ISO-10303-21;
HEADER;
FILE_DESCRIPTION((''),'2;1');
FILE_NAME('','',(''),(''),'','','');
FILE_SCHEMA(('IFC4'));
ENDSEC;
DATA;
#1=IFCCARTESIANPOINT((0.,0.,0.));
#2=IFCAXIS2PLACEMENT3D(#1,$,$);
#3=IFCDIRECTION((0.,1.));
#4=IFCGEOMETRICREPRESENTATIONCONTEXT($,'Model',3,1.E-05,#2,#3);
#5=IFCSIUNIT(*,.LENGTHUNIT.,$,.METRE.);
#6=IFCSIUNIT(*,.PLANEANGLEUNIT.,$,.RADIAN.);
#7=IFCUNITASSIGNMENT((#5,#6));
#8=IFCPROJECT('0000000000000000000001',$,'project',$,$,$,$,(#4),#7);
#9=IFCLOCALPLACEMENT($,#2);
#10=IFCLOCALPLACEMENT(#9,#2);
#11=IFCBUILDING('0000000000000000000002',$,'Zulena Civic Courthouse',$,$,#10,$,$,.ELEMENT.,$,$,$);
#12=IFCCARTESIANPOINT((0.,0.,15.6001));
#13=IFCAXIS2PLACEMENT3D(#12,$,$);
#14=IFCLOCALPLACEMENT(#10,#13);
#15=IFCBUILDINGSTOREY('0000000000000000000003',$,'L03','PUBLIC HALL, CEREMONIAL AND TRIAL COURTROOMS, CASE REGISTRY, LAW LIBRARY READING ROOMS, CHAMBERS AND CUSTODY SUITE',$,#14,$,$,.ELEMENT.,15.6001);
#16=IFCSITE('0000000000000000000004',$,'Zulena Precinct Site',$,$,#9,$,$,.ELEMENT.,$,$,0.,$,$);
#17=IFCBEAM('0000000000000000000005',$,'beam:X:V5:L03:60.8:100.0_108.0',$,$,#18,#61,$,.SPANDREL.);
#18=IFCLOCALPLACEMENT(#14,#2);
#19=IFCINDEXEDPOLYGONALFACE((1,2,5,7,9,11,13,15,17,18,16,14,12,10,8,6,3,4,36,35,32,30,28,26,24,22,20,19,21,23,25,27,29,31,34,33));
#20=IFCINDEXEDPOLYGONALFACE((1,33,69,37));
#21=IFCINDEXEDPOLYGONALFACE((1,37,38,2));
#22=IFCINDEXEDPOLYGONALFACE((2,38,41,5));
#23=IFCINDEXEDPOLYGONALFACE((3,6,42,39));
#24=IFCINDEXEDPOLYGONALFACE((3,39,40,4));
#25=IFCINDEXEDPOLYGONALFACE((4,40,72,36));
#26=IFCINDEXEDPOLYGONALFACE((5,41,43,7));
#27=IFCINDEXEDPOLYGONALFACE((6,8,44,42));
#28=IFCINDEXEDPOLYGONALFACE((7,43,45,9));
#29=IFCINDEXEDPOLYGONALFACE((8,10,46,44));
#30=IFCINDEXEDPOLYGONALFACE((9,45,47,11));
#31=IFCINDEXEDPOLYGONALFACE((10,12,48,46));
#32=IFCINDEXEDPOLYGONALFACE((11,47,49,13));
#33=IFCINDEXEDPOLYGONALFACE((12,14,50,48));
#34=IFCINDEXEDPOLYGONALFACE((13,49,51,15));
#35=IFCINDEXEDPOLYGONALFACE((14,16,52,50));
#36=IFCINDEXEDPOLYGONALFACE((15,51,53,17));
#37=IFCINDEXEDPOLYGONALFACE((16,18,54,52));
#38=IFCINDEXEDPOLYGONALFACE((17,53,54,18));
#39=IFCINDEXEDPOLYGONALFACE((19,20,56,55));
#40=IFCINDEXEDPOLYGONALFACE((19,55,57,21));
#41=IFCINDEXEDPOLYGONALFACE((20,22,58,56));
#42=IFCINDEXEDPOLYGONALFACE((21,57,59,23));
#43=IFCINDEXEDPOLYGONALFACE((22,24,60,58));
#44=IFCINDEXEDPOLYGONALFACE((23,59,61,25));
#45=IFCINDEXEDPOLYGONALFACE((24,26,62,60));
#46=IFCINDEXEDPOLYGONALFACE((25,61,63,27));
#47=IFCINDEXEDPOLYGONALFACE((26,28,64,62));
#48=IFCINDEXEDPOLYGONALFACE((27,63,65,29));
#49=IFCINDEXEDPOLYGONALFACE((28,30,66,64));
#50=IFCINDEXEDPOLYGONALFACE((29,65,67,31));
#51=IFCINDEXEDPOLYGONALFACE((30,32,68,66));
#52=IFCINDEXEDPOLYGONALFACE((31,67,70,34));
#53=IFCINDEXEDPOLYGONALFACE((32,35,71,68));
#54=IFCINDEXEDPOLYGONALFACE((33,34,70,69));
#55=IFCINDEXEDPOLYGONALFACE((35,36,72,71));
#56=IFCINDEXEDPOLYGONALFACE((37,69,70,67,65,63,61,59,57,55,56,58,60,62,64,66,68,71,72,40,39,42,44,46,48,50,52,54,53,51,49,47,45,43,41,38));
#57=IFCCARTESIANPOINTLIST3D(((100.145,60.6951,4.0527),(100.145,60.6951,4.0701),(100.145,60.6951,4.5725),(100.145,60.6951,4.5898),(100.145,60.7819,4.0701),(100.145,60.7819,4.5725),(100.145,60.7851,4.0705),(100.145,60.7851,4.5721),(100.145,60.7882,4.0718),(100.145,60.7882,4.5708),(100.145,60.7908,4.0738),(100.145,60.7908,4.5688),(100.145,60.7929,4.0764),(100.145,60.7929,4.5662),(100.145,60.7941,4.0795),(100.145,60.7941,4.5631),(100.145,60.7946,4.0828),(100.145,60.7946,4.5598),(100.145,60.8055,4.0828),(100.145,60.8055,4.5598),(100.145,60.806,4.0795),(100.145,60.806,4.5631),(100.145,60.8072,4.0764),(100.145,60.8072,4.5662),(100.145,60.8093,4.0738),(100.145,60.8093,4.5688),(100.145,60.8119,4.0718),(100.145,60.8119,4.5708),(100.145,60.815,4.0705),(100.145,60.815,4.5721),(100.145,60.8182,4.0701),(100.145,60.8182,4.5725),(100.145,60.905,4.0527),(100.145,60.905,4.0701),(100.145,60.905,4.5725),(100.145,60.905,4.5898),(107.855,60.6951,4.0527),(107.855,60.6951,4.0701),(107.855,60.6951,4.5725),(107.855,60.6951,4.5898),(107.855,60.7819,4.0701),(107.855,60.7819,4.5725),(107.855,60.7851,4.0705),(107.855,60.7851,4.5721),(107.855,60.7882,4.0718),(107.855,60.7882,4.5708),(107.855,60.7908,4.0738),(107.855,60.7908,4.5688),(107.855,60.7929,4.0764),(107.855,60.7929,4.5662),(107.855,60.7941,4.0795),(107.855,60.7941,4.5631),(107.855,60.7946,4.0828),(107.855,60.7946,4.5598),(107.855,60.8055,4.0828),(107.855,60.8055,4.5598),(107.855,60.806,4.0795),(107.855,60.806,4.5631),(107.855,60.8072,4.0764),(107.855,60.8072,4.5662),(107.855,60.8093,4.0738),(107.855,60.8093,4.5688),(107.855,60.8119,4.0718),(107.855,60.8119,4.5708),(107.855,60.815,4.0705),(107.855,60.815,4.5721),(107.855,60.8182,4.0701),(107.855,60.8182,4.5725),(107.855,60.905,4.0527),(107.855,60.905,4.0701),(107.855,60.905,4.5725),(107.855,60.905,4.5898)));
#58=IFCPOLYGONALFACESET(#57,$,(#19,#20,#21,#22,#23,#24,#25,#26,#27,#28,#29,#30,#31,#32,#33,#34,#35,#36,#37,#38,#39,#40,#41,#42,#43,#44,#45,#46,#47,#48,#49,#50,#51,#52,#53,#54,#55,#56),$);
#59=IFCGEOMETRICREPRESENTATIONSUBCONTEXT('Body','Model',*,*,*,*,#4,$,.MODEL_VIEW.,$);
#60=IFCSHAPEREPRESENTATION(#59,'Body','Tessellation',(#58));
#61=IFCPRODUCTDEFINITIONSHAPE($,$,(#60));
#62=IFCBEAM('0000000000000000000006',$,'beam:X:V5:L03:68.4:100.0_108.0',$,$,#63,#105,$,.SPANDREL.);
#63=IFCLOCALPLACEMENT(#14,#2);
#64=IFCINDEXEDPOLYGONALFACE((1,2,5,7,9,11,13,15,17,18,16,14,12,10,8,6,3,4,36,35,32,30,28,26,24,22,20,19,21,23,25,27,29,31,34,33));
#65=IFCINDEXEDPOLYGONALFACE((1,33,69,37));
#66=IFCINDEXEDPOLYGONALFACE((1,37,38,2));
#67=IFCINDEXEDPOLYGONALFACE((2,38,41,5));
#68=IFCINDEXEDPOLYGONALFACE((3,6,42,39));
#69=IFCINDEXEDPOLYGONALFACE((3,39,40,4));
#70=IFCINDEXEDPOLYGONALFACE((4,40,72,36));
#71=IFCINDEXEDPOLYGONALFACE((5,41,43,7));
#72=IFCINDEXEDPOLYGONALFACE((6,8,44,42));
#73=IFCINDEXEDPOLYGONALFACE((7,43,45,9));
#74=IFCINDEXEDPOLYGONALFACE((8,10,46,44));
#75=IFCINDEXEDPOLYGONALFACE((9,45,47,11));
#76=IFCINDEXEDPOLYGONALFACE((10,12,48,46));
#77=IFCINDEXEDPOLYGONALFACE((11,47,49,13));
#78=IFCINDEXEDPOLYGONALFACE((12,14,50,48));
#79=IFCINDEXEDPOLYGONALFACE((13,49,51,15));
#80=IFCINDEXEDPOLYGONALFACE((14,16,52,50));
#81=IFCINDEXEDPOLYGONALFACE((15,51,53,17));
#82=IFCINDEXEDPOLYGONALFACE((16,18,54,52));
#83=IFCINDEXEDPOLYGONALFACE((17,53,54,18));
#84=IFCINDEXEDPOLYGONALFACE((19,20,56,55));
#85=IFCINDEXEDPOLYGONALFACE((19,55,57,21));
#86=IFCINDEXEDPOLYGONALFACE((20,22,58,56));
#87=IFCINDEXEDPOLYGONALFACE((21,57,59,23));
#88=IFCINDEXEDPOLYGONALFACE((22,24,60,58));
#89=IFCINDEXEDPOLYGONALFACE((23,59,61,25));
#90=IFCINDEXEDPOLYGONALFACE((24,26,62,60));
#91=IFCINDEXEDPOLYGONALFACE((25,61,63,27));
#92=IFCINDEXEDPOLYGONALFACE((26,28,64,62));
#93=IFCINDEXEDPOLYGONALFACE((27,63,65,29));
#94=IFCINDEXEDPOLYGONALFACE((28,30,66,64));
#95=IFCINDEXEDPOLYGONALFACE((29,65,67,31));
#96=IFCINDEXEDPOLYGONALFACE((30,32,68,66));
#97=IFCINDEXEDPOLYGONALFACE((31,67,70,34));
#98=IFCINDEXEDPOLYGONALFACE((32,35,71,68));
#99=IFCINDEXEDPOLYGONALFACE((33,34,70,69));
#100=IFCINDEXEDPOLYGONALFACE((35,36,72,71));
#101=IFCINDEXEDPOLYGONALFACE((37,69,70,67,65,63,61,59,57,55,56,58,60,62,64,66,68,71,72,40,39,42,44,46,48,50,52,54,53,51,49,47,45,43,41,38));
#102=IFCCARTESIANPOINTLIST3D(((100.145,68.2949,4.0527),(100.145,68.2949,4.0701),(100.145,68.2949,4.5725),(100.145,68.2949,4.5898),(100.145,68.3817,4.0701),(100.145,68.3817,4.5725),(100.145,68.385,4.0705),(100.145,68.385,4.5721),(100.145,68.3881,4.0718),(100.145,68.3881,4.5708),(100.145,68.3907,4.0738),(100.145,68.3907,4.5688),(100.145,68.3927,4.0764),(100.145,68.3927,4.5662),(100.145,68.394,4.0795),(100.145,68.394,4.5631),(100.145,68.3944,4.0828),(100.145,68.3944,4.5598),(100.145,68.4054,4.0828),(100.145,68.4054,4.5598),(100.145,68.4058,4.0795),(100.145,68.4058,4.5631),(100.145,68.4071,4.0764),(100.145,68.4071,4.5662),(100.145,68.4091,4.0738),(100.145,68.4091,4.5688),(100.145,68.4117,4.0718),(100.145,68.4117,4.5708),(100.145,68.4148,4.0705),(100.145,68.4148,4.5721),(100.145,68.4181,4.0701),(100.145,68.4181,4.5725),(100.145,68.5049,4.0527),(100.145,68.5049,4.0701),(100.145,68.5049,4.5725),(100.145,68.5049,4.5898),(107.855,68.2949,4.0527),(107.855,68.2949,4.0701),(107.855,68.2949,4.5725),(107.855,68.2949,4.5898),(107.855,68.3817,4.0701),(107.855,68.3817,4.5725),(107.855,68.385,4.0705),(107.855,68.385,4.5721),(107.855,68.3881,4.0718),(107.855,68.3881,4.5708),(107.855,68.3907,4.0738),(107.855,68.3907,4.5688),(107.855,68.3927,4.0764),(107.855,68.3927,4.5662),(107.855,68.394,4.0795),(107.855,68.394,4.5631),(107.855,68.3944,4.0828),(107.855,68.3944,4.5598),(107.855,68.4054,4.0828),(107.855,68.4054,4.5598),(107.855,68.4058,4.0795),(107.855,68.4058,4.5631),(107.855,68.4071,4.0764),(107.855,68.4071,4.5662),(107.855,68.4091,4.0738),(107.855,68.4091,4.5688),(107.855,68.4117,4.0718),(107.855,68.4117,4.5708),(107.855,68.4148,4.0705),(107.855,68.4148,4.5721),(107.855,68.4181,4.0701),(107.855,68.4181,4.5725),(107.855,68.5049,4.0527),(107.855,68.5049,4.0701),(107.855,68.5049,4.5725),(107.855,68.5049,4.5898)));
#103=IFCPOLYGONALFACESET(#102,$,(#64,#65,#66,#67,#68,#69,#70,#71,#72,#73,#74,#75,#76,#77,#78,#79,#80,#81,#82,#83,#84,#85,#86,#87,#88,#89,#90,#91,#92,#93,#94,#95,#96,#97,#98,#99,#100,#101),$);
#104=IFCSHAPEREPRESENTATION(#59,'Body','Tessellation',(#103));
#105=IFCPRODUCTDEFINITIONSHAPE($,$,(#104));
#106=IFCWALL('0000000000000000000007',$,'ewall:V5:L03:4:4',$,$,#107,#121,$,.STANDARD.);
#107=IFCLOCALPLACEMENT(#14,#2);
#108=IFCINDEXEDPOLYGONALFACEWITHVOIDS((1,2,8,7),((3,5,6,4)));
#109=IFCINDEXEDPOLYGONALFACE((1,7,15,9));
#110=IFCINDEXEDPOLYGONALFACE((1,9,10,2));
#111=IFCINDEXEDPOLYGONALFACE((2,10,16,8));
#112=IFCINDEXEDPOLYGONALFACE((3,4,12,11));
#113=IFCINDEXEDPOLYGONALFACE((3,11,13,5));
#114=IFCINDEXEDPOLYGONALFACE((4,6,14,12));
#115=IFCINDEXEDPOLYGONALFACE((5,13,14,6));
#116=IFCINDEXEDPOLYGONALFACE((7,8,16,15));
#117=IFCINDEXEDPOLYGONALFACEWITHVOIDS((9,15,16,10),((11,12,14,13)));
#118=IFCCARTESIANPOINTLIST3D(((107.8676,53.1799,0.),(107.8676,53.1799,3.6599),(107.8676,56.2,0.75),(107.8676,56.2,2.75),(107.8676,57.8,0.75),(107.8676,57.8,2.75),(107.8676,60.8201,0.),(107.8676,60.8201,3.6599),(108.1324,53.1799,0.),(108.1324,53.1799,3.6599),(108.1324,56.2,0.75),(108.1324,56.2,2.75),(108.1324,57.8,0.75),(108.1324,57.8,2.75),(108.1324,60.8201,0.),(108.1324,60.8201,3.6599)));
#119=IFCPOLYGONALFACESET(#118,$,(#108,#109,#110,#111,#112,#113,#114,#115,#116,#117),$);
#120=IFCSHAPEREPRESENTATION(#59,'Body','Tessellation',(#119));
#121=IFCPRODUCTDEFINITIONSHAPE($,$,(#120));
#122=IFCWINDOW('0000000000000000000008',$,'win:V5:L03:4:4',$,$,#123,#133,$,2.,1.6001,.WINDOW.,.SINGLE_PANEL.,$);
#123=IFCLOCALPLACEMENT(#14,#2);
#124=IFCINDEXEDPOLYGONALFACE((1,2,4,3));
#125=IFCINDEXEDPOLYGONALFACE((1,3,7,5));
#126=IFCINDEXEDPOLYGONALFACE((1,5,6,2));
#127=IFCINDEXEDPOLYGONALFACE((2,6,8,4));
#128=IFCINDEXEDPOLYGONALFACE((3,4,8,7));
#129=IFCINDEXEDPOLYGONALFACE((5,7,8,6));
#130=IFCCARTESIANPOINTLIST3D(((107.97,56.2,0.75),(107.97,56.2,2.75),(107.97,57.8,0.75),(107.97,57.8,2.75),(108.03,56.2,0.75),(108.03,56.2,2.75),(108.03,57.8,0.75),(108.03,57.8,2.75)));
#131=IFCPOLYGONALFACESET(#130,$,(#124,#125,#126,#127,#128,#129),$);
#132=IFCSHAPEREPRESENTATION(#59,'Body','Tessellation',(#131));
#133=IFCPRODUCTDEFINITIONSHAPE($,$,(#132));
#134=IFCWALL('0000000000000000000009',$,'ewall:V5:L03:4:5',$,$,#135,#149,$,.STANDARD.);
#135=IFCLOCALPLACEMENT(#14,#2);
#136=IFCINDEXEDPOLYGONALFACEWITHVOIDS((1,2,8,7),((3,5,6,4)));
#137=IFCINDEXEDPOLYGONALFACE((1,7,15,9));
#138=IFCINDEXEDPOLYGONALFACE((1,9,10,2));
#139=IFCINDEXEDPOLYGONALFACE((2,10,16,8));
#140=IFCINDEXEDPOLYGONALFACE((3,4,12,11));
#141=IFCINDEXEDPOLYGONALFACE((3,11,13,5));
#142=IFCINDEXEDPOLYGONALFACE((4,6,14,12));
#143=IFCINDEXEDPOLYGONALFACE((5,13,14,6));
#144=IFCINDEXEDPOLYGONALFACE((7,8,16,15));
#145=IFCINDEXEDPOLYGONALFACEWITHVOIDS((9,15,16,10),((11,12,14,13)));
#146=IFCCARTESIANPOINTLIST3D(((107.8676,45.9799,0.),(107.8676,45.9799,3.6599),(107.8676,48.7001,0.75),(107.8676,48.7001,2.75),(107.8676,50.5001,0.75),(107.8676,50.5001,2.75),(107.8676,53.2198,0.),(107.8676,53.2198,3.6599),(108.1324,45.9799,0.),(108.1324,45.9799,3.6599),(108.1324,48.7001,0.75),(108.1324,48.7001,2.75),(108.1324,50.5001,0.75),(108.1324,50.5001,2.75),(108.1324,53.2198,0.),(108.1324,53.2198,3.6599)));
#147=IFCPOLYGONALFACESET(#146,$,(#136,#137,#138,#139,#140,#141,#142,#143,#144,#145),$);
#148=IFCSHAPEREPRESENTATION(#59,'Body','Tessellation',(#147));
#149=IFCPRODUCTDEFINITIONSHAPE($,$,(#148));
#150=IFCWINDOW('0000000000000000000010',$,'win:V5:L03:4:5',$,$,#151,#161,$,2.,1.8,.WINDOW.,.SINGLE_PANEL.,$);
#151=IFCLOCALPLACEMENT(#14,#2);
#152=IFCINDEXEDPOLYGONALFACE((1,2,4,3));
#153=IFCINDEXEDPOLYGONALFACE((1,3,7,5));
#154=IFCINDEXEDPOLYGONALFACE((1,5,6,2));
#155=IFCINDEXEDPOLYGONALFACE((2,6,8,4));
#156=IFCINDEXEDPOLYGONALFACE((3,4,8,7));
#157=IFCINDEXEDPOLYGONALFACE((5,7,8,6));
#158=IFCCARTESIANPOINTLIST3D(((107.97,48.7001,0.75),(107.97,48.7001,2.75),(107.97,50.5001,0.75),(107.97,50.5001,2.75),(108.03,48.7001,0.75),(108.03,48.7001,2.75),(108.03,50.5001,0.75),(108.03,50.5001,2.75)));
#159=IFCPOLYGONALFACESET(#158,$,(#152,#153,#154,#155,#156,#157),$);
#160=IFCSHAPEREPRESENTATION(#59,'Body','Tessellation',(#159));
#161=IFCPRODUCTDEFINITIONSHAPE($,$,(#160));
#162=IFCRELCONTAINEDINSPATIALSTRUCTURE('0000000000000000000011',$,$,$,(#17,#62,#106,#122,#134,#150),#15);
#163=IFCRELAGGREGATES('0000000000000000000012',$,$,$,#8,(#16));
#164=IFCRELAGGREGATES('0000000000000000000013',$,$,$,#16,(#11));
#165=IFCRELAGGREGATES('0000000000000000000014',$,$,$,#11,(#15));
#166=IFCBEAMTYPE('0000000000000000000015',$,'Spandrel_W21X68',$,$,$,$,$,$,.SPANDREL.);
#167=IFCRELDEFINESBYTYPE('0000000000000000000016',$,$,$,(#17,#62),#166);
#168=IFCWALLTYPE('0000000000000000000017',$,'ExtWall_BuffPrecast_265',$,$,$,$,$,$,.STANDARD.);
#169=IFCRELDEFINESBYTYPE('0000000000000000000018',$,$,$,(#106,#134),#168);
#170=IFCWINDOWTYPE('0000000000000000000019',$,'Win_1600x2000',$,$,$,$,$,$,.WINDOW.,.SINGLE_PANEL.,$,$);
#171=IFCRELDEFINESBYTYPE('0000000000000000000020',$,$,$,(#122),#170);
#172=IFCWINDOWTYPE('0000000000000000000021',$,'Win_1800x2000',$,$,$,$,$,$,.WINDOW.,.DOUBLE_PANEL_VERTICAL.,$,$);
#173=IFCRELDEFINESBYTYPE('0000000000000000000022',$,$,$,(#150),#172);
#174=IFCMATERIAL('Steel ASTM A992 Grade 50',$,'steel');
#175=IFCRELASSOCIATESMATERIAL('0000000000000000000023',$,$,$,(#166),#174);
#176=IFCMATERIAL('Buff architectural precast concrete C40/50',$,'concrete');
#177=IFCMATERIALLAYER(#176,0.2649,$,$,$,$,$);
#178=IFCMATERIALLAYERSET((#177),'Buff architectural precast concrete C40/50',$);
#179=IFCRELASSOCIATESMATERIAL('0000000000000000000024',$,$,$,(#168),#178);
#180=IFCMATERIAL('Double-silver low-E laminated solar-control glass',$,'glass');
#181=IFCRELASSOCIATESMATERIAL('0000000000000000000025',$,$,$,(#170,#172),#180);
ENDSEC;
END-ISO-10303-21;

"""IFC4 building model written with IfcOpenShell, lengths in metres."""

from ifc_helpers import new_model, si_unit, direction, frame, frame_2d, origin, origin_2d, place, context, subcontext, project, spatial, rectangle, i_section, extrude, material, layer, layer_set, material_profile, profile_set, type_object, element, fill, save


model = new_model("IFC4")

# Units and contexts
model_context = context("Model", 3, precision=1e-05, world=origin(), true_north=direction((0.0, 1.0)))
body_context = subcontext(model_context, "Body", "Model", "MODEL_VIEW")
ifc_project = project(units=[si_unit("LENGTHUNIT", "METRE"), si_unit("PLANEANGLEUNIT", "RADIAN")], contexts=[model_context])

# Site, building, storey
site_placement = place(None, origin())
site = spatial("IfcSite", under=ifc_project, at=site_placement, Name="Zulena Precinct Site", CompositionType="ELEMENT", RefElevation=0.0)
building_placement = place(site_placement, origin())
building = spatial("IfcBuilding", under=site, at=building_placement, Name="Zulena Civic Courthouse", CompositionType="ELEMENT")
storey_placement = place(building_placement, frame((0.0, 0.0, 15.6001)))
storey = spatial("IfcBuildingStorey", under=building, at=storey_placement, Name="L03", Description="PUBLIC HALL, CEREMONIAL AND TRIAL COURTROOMS, CASE REGISTRY, LAW LIBRARY READING ROOMS, CHAMBERS AND CUSTODY SUITE", CompositionType="ELEMENT", Elevation=15.6001)

# Shared definitions
ifc_material_1 = material(Name="Steel ASTM A992 Grade 50", Category="steel")

# Beams
ifc_material_profile_1 = material_profile(ifc_material_1, i_section(OverallWidth=0.21, OverallDepth=0.5371, WebThickness=0.011, FlangeThickness=0.0173, FilletRadius=0.0127, at=origin_2d()), Name="W21X68")
ifc_profile_set_1 = profile_set([ifc_material_profile_1], Name="Steel ASTM A992 Grade 50")
beam_type_1 = type_object("IfcBeamType", Name="Spandrel_W21X68", PredefinedType="SPANDREL", material=ifc_profile_set_1)
for number, where, z_axis, x_axis, name in (
    (1, (100.145, 60.8, 4.3213), (1.0, 0.0, 0.0), (0.0, 1.0, 0.0), "beam:X:V5:L03:60.8:100.0_108.0"),
    (2, (100.145, 68.3999, 4.3213), (1.0, 0.0, 0.0), (0.0, 1.0, 0.0), "beam:X:V5:L03:68.4:100.0_108.0"),
):
    element("IfcBeam", number, at=place(storey_placement, frame(where, z_axis=z_axis, x_axis=x_axis)), inside=storey, type_object=beam_type_1, Name=name, PredefinedType="SPANDREL", context=body_context, shape_type="SweptSolid", body=[
        extrude(i_section(OverallWidth=0.21, OverallDepth=0.5371, WebThickness=0.011, FlangeThickness=0.0173, FilletRadius=0.0127, at=origin_2d()), origin(), (0.0, 0.0, 1.0), 7.71),
    ])

# Walls, openings, windows
ifc_material_2 = material(Name="Buff architectural precast concrete C40/50", Category="concrete")
ifc_layer_1 = layer(ifc_material_2, 0.2649)
ifc_layer_set_1 = layer_set([ifc_layer_1], Name="Buff architectural precast concrete C40/50")
wall_type = type_object("IfcWallType", Name="ExtWall_BuffPrecast_265", PredefinedType="STANDARD", material=ifc_layer_set_1)
wall_1_placement = place(storey_placement, frame((108.0, 60.8201, 0.0), z_axis=(0.0, 0.0, 1.0), x_axis=(0.0, -1.0, 0.0)))
wall_1 = element("IfcWall", 3, at=wall_1_placement, inside=storey, type_object=wall_type, Name="ewall:V5:L03:4:4", PredefinedType="STANDARD", context=body_context, shape_type="SweptSolid", body=[
    extrude(rectangle(XDim=7.6401, YDim=0.2649, at=frame_2d((3.8201, 0.0))), origin(), (0.0, 0.0, 1.0), 3.6599),
])
opening_1_placement = place(wall_1_placement, frame((3.02, 0.0, 0.75)))
opening_1 = element("IfcOpeningElement", 4, at=opening_1_placement, cuts=wall_1, PredefinedType="OPENING", context=body_context, shape_type="SweptSolid", body=[
    extrude(rectangle(XDim=1.6001, YDim=2.0, at=frame_2d((0.8, 1.0))), frame((0.0, 0.1423, 0.0), z_axis=(0.0, -1.0, 0.0), x_axis=(1.0, 0.0, 0.0)), (0.0, 0.0, 1.0), 0.2849),
])
ifc_material_3 = material(Name="Double-silver low-E laminated solar-control glass", Category="glass")
window_type_1 = type_object("IfcWindowType", Name="Win_1600x2000", PartitioningType="SINGLE_PANEL", PredefinedType="WINDOW", material=ifc_material_3)
window_1_placement = place(opening_1_placement, origin())
window_1 = element("IfcWindow", 5, at=window_1_placement, inside=storey, type_object=window_type_1, Name="win:V5:L03:4:4", OverallHeight=2.0, OverallWidth=1.6001, PartitioningType="SINGLE_PANEL", PredefinedType="WINDOW", context=body_context, shape_type="SweptSolid", body=[
    extrude(rectangle(XDim=1.6001, YDim=2.0, at=frame_2d((0.8, 1.0))), frame((0.0, 0.03, 0.0), z_axis=(0.0, -1.0, 0.0), x_axis=(1.0, 0.0, 0.0)), (0.0, 0.0, 1.0), 0.0601),
])
fill(opening_1, window_1)
wall_2_placement = place(storey_placement, frame((108.0, 53.22, 0.0), z_axis=(0.0, 0.0, 1.0), x_axis=(0.0, -1.0, 0.0)))
wall_2 = element("IfcWall", 6, at=wall_2_placement, inside=storey, type_object=wall_type, Name="ewall:V5:L03:4:5", PredefinedType="STANDARD", context=body_context, shape_type="SweptSolid", body=[
    extrude(rectangle(XDim=7.24, YDim=0.2649, at=frame_2d((3.6201, 0.0))), origin(), (0.0, 0.0, 1.0), 3.6599),
])
opening_2_placement = place(wall_2_placement, frame((2.72, 0.0, 0.75)))
opening_2 = element("IfcOpeningElement", 7, at=opening_2_placement, cuts=wall_2, PredefinedType="OPENING", context=body_context, shape_type="SweptSolid", body=[
    extrude(rectangle(XDim=1.8, YDim=2.0, at=frame_2d((0.8999, 1.0))), frame((0.0, 0.1423, 0.0), z_axis=(0.0, -1.0, 0.0), x_axis=(1.0, 0.0, 0.0)), (0.0, 0.0, 1.0), 0.2849),
])
window_type_2 = type_object("IfcWindowType", Name="Win_1800x2000", PartitioningType="DOUBLE_PANEL_VERTICAL", PredefinedType="WINDOW", material=ifc_material_3)
window_2_placement = place(opening_2_placement, origin())
window_2 = element("IfcWindow", 8, at=window_2_placement, inside=storey, type_object=window_type_2, Name="win:V5:L03:4:5", OverallHeight=2.0, OverallWidth=1.8, PartitioningType="SINGLE_PANEL", PredefinedType="WINDOW", context=body_context, shape_type="SweptSolid", body=[
    extrude(rectangle(XDim=1.8, YDim=2.0, at=frame_2d((0.8999, 1.0))), frame((0.0, 0.03, 0.0), z_axis=(0.0, -1.0, 0.0), x_axis=(1.0, 0.0, 0.0)), (0.0, 0.0, 1.0), 0.0601),
])
fill(opening_2, window_2)

save(model, "model.ifc")
